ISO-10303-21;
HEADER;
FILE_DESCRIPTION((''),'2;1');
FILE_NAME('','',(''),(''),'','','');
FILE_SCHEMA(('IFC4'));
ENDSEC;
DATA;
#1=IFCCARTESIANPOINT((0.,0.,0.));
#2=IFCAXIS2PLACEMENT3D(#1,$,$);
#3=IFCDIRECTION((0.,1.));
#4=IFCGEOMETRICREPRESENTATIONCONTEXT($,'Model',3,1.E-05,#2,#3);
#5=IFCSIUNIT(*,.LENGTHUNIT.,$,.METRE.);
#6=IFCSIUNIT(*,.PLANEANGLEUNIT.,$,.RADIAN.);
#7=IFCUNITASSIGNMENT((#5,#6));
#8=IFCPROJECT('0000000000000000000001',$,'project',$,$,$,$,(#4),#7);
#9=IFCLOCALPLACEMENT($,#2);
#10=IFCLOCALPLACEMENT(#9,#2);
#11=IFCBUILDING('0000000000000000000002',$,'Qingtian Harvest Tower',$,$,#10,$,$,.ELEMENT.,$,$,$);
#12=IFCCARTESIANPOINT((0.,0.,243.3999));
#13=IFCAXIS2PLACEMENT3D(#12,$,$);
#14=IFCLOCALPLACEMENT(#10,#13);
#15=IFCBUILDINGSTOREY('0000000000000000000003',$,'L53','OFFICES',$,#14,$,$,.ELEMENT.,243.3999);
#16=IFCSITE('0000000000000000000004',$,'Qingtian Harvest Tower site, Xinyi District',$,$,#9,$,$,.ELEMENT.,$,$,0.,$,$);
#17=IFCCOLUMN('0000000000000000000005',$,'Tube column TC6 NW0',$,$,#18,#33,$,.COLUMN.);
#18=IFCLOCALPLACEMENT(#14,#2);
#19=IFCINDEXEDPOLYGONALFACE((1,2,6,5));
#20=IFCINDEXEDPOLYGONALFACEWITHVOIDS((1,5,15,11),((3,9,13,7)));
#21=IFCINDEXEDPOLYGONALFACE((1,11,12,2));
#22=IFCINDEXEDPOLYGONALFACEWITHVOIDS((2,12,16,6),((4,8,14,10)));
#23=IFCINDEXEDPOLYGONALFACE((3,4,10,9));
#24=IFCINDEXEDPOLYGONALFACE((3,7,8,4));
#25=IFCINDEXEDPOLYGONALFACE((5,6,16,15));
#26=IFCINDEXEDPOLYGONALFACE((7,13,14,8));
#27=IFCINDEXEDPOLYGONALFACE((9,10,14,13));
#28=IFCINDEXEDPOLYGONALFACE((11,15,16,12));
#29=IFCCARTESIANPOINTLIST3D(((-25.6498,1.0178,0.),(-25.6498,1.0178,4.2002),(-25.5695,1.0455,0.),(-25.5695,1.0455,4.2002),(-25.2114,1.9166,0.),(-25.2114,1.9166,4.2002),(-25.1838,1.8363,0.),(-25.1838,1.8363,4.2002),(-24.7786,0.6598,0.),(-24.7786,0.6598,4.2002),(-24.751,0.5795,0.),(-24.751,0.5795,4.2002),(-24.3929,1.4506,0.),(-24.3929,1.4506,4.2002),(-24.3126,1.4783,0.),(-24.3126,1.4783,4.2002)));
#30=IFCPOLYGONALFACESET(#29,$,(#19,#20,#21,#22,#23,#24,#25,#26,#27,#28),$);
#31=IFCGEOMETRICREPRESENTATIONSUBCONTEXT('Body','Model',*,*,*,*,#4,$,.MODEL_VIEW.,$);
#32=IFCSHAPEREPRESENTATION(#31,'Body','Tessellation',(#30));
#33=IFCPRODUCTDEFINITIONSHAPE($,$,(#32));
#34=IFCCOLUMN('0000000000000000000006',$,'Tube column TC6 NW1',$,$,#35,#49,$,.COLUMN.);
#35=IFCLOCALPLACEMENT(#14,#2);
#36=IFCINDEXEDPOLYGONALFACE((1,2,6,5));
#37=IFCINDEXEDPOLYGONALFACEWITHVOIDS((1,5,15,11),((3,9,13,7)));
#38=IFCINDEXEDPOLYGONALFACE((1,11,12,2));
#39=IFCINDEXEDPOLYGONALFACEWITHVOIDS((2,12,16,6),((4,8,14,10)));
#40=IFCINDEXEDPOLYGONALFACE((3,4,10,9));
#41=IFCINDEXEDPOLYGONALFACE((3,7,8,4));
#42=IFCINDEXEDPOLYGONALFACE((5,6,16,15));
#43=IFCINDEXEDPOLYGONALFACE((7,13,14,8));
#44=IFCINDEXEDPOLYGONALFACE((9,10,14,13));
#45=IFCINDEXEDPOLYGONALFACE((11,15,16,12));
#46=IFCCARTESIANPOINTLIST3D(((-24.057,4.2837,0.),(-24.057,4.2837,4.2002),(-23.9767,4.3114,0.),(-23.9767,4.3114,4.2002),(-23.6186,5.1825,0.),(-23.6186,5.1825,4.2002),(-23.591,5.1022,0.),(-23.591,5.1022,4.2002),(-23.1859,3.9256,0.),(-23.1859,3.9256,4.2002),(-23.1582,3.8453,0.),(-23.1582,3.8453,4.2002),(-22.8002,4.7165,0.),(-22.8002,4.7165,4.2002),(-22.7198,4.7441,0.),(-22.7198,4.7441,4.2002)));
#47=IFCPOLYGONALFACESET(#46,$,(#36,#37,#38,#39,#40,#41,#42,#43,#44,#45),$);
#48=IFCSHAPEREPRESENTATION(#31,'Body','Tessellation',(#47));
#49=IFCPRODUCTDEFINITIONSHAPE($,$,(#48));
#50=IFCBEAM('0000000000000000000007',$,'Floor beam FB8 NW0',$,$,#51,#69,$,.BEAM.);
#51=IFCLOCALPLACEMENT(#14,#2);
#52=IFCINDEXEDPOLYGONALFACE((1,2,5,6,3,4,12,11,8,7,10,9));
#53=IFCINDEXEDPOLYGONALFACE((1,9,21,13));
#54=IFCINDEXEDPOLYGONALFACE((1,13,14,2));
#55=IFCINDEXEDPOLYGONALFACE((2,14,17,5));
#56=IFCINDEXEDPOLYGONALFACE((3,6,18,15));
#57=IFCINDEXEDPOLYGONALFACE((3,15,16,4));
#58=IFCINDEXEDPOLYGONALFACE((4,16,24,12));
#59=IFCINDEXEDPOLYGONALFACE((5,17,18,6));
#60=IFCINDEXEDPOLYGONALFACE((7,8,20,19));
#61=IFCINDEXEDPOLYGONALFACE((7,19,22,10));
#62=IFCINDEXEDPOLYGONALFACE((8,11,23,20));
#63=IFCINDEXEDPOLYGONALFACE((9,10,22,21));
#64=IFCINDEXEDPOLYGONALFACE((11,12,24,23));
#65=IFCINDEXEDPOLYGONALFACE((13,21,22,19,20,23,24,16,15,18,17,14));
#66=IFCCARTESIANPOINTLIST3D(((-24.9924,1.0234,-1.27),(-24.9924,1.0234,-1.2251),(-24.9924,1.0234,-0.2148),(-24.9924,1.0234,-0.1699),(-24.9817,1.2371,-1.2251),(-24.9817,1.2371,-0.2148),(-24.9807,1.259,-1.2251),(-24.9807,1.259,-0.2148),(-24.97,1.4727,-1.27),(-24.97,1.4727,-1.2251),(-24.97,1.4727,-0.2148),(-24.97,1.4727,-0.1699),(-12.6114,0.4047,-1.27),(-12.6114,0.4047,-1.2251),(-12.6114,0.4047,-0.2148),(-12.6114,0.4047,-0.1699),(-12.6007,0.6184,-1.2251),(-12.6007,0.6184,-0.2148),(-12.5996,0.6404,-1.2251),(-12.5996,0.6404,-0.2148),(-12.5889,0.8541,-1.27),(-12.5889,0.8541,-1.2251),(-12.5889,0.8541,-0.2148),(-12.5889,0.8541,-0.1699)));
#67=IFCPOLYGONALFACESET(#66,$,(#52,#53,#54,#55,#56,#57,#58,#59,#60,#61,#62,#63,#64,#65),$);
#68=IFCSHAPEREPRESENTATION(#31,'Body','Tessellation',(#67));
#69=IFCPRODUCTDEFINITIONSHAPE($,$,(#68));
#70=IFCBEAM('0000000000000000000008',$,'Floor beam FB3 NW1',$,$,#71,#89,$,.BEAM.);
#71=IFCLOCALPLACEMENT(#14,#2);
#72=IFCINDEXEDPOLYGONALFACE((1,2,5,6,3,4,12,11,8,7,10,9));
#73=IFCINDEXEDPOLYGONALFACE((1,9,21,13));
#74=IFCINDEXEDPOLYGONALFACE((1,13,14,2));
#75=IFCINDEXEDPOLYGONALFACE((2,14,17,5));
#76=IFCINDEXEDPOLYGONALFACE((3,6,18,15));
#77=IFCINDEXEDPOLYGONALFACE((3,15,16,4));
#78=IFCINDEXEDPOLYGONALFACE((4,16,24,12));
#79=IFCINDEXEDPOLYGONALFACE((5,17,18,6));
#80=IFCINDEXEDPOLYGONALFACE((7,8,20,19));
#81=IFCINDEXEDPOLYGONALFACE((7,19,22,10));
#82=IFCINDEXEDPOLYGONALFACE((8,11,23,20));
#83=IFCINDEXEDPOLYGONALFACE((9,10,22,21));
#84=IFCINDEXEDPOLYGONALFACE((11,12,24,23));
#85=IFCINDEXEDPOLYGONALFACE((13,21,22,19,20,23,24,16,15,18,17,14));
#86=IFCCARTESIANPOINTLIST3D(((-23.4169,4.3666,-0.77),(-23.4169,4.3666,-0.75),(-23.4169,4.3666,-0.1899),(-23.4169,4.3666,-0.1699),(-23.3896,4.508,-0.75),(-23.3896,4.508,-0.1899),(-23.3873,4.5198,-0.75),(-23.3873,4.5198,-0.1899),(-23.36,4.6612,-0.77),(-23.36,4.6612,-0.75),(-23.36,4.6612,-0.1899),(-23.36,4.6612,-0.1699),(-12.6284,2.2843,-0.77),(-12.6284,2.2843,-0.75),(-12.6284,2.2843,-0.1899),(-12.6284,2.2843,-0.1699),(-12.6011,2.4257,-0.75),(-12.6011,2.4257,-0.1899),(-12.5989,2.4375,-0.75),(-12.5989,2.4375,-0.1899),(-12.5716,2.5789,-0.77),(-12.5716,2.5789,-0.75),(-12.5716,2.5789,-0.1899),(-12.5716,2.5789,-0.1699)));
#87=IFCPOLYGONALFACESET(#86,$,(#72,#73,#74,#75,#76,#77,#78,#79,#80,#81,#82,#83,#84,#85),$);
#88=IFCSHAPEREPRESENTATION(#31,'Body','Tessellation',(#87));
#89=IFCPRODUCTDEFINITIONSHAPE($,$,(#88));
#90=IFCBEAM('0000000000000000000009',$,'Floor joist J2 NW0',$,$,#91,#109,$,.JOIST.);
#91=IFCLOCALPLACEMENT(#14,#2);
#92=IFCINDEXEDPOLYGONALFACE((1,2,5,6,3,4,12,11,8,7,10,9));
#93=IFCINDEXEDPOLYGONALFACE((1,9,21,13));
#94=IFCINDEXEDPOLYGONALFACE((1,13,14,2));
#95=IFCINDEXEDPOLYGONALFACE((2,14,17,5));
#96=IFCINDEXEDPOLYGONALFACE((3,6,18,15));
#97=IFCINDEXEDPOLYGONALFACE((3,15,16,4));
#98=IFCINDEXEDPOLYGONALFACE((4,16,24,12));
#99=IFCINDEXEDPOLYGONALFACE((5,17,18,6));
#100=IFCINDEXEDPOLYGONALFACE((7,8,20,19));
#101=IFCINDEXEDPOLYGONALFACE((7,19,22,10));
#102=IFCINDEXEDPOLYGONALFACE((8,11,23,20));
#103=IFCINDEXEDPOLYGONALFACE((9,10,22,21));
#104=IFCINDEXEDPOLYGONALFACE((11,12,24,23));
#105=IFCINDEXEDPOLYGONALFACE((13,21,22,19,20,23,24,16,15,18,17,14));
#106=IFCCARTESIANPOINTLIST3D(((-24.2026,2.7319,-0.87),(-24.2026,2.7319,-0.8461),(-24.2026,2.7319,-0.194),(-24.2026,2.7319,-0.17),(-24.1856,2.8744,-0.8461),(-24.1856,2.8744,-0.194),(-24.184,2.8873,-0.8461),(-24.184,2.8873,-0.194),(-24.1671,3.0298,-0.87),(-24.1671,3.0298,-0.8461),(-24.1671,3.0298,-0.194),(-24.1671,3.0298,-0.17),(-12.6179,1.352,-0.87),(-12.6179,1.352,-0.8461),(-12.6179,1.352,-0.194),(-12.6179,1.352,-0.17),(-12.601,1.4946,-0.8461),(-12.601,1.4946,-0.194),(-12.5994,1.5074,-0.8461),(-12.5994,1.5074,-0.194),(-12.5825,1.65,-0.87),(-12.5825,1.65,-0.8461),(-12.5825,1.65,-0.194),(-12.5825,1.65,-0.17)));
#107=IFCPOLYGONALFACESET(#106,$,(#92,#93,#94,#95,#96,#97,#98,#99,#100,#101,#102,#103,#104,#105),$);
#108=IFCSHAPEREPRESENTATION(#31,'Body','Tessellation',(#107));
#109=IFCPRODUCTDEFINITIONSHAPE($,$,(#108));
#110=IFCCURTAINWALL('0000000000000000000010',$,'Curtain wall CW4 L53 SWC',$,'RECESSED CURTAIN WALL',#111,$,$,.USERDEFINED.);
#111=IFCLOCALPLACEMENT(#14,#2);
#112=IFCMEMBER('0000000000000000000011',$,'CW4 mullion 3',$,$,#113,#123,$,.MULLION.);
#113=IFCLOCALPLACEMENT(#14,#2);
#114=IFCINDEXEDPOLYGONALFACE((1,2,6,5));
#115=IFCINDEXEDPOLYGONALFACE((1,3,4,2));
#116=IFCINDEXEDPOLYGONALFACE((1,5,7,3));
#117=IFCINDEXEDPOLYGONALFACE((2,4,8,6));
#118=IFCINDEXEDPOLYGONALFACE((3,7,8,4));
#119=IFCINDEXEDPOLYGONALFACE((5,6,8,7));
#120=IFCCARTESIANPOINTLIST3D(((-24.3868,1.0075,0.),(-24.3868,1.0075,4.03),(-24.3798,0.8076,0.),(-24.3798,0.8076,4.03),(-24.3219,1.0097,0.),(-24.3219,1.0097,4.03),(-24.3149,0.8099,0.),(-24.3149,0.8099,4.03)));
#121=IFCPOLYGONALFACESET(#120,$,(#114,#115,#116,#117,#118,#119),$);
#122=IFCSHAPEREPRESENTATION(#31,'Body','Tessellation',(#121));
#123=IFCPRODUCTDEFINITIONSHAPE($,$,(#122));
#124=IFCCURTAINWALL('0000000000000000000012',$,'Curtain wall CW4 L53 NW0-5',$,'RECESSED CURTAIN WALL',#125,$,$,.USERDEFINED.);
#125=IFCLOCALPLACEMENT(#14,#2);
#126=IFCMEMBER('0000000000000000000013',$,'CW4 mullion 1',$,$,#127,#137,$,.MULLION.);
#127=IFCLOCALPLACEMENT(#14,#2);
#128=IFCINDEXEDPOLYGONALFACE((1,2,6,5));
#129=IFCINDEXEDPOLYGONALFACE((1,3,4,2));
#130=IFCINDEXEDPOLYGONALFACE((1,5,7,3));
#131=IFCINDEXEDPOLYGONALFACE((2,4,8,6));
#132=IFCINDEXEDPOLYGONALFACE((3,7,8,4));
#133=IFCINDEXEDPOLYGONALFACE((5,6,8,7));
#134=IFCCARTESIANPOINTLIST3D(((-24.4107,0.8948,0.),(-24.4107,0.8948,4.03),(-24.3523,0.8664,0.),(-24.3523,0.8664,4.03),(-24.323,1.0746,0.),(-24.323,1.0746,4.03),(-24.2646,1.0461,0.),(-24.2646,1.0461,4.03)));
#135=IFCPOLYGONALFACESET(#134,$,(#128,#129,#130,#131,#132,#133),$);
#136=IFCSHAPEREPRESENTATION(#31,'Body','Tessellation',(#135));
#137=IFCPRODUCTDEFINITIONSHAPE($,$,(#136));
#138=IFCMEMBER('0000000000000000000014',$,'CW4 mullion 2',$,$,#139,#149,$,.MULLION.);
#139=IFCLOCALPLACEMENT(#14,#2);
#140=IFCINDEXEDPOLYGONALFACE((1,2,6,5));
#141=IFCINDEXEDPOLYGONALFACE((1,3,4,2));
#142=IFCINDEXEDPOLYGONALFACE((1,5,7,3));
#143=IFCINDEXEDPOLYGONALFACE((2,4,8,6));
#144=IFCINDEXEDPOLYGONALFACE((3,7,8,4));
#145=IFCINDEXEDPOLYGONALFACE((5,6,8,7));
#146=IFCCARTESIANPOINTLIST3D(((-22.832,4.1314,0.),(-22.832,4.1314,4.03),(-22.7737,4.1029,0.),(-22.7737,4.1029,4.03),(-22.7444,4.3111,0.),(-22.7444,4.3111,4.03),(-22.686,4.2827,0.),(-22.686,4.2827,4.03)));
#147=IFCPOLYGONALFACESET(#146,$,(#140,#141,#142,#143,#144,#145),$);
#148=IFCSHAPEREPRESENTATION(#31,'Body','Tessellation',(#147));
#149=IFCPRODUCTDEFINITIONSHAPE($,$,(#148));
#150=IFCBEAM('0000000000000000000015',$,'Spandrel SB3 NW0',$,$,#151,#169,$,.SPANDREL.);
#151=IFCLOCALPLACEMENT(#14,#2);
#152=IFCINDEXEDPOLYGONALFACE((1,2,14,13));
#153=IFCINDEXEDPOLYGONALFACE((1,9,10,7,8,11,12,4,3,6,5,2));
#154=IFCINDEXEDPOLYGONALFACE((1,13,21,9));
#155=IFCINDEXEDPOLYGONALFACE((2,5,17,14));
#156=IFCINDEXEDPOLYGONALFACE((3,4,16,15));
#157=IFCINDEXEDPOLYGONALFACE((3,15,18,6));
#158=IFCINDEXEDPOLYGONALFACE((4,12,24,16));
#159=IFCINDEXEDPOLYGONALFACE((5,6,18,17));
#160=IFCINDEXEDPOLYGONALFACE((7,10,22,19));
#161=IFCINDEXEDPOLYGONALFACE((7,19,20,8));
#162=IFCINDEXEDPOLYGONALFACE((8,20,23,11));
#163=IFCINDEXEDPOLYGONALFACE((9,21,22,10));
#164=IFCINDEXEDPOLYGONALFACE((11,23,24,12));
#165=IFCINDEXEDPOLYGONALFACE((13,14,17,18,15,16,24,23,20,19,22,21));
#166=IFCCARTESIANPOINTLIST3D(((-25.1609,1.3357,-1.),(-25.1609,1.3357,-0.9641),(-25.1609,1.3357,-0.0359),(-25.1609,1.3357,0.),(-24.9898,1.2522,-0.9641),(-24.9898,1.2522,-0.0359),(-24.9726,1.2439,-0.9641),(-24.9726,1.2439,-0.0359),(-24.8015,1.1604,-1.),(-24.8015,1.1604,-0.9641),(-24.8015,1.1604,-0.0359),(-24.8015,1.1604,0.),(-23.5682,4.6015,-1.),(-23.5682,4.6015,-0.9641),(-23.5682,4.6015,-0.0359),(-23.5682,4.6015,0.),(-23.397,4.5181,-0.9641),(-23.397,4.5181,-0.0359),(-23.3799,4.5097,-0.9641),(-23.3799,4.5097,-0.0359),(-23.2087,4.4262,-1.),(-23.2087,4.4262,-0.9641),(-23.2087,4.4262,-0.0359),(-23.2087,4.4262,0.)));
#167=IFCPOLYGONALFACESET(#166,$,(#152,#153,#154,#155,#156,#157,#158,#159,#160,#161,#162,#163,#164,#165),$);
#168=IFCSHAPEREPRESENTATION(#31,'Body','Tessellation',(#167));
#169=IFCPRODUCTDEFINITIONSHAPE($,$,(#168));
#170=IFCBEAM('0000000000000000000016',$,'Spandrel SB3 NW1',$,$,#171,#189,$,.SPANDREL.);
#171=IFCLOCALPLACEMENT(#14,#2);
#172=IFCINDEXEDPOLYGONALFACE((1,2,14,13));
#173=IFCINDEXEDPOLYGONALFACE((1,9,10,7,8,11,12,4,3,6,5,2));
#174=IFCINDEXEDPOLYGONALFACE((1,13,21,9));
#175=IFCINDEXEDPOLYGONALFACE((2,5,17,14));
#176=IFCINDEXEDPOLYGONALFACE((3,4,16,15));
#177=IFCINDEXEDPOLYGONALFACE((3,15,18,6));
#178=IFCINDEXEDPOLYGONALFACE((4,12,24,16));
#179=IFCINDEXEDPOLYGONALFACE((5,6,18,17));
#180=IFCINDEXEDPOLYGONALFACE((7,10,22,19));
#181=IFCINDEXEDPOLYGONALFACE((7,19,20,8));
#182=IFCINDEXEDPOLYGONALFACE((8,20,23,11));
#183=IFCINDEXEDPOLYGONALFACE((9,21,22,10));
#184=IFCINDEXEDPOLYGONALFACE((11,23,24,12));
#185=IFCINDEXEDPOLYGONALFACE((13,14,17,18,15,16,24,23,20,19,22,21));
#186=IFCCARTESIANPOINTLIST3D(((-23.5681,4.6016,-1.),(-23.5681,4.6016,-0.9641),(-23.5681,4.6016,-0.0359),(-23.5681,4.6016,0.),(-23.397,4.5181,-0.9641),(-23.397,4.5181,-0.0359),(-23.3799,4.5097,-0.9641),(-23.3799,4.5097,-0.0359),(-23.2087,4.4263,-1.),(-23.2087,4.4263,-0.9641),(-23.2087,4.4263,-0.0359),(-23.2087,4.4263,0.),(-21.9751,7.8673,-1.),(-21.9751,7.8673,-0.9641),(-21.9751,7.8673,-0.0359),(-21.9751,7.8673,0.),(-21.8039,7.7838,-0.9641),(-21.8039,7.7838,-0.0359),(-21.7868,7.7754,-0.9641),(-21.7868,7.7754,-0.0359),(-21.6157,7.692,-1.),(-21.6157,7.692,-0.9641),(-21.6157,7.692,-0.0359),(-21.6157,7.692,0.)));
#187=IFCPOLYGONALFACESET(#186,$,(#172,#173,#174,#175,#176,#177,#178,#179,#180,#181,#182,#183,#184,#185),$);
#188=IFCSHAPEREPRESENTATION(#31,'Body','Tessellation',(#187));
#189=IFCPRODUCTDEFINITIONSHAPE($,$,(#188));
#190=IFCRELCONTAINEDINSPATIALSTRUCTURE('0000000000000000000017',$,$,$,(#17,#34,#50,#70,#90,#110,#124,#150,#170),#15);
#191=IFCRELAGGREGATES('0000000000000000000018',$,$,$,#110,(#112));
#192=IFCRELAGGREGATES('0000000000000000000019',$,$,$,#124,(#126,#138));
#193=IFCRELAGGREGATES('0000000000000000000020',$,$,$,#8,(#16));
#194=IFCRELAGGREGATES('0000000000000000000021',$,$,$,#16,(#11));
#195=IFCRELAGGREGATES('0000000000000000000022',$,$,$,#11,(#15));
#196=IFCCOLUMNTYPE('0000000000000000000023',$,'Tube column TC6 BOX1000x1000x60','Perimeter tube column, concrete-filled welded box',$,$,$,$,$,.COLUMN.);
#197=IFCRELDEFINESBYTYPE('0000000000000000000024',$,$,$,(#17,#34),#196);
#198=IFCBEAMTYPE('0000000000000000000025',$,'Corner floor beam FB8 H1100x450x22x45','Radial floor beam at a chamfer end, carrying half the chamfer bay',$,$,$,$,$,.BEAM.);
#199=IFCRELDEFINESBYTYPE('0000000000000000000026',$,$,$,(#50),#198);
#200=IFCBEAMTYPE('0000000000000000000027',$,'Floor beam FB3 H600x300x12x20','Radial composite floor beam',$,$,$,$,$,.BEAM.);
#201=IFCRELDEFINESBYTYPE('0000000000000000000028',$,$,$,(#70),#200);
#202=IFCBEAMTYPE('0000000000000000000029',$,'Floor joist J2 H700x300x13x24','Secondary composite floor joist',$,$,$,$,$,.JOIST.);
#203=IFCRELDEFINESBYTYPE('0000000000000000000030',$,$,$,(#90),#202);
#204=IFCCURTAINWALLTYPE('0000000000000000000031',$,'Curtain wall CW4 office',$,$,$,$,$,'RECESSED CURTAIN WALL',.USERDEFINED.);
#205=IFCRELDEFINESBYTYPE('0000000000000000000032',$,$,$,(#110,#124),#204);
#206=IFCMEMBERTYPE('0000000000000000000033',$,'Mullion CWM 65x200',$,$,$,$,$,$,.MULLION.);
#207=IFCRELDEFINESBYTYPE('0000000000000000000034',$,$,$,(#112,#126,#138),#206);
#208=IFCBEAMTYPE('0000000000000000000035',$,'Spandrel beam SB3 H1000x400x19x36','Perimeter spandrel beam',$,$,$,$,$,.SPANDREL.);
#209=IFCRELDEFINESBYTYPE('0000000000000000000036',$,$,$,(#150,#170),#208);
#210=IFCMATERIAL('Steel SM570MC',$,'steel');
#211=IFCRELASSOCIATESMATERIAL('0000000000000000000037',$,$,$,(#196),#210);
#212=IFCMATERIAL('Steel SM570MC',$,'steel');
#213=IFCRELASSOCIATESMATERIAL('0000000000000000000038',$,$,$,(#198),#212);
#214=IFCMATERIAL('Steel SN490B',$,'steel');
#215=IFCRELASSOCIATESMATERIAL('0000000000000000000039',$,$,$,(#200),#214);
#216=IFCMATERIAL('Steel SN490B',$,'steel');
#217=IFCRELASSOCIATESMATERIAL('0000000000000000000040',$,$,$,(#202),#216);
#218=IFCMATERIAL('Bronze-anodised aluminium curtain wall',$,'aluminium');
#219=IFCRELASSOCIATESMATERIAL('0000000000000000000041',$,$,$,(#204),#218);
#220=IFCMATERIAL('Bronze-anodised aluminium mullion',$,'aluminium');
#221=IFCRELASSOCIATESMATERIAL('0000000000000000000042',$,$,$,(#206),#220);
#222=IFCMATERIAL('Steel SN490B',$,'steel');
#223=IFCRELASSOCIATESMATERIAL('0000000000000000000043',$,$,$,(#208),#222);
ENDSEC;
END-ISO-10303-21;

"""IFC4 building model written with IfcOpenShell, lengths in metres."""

from ifc_helpers import new_model, si_unit, direction, frame, origin, origin_2d, place, context, subcontext, project, spatial, rectangle, hollow_rectangle, i_section, extrude, material, material_profile, profile_set, type_object, element, aggregate, save


model = new_model("IFC4")

# Units and contexts
model_context = context("Model", 3, precision=1e-05, world=origin(), true_north=direction((0.0, 1.0)))
body_context = subcontext(model_context, "Body", "Model", "MODEL_VIEW")
ifc_project = project(units=[si_unit("LENGTHUNIT", "METRE"), si_unit("PLANEANGLEUNIT", "RADIAN")], contexts=[model_context])

# Site, building, storey
site_placement = place(None, origin())
site = spatial("IfcSite", under=ifc_project, at=site_placement, Name="Qingtian Harvest Tower site, Xinyi District", CompositionType="ELEMENT", RefElevation=0.0)
building_placement = place(site_placement, origin())
building = spatial("IfcBuilding", under=site, at=building_placement, Name="Qingtian Harvest Tower", CompositionType="ELEMENT")
storey_placement = place(building_placement, frame((0.0, 0.0, 243.3999)))
storey = spatial("IfcBuildingStorey", under=building, at=storey_placement, Name="L53", Description="OFFICES", CompositionType="ELEMENT", Elevation=243.3999)

# Columns
ifc_material_1 = material(Name="Steel SM570MC", Category="steel")
ifc_material_profile_1 = material_profile(ifc_material_1, hollow_rectangle(XDim=1.0, YDim=1.0, WallThickness=0.0601, at=origin_2d()), Name="BOX1000x1000x60")
ifc_profile_set_1 = profile_set([ifc_material_profile_1], Name="Steel SM570MC")
column_type = type_object("IfcColumnType", Name="Tube column TC6 BOX1000x1000x60", Description="Perimeter tube column, concrete-filled welded box", PredefinedType="COLUMN", material=ifc_profile_set_1)
for number, where, z_axis, x_axis, name in (
    (1, (-24.9812, 1.248, 0.0), (0.0, 0.0, 1.0), (-0.438371, -0.898794, 0.0), "Tube column TC6 NW0"),
    (2, (-23.3884, 4.5139, 0.0), (0.0, 0.0, 1.0), (-0.438371, -0.898794, 0.0), "Tube column TC6 NW1"),
):
    element("IfcColumn", number, at=place(storey_placement, frame(where, z_axis=z_axis, x_axis=x_axis)), inside=storey, type_object=column_type, Name=name, PredefinedType="COLUMN", context=body_context, shape_type="SweptSolid", body=[
        extrude(hollow_rectangle(XDim=1.0, YDim=1.0, WallThickness=0.0601, at=origin_2d()), origin(), (0.0, 0.0, 1.0), 4.2002),
    ])

# Beams
ifc_material_2 = material(Name="Steel SM570MC", Category="steel")
ifc_material_profile_2 = material_profile(ifc_material_2, i_section(OverallWidth=0.45, OverallDepth=1.1001, WebThickness=0.022, FlangeThickness=0.0449, at=origin_2d()), Name="H1100x450x22x45")
ifc_profile_set_2 = profile_set([ifc_material_profile_2], Name="Steel SM570MC")
beam_type_1 = type_object("IfcBeamType", Name="Corner floor beam FB8 H1100x450x22x45", Description="Radial floor beam at a chamfer end, carrying half the chamfer bay", PredefinedType="BEAM", material=ifc_profile_set_2)
beam_1_placement = place(storey_placement, frame((-24.9812, 1.248, -0.72), z_axis=(0.998754, -0.049905, 0.0), x_axis=(0.049905, 0.998754, 0.0)))
element("IfcBeam", 3, at=beam_1_placement, inside=storey, type_object=beam_type_1, Name="Floor beam FB8 NW0", PredefinedType="BEAM", context=body_context, shape_type="SweptSolid", body=[
    extrude(i_section(OverallWidth=0.45, OverallDepth=1.1001, WebThickness=0.022, FlangeThickness=0.0449, at=origin_2d()), origin(), (0.0, 0.0, 1.0), 12.3965),
])
ifc_material_3 = material(Name="Steel SN490B", Category="steel")
ifc_material_profile_3 = material_profile(ifc_material_3, i_section(OverallWidth=0.3, OverallDepth=0.6001, WebThickness=0.012, FlangeThickness=0.02, at=origin_2d()), Name="H600x300x12x20")
ifc_profile_set_3 = profile_set([ifc_material_profile_3], Name="Steel SN490B")
beam_type_2 = type_object("IfcBeamType", Name="Floor beam FB3 H600x300x12x20", Description="Radial composite floor beam", PredefinedType="BEAM", material=ifc_profile_set_3)
beam_2_placement = place(storey_placement, frame((-23.3884, 4.5139, -0.47), z_axis=(0.981878, -0.189514, 0.0), x_axis=(0.189514, 0.981878, 0.0)))
element("IfcBeam", 4, at=beam_2_placement, inside=storey, type_object=beam_type_2, Name="Floor beam FB3 NW1", PredefinedType="BEAM", context=body_context, shape_type="SweptSolid", body=[
    extrude(i_section(OverallWidth=0.3, OverallDepth=0.6001, WebThickness=0.012, FlangeThickness=0.02, at=origin_2d()), origin(), (0.0, 0.0, 1.0), 10.9875),
])
ifc_material_4 = material(Name="Steel SN490B", Category="steel")
ifc_material_profile_4 = material_profile(ifc_material_4, i_section(OverallWidth=0.3, OverallDepth=0.7, WebThickness=0.0129, FlangeThickness=0.0239, at=origin_2d()), Name="H700x300x13x24")
ifc_profile_set_4 = profile_set([ifc_material_profile_4], Name="Steel SN490B")
beam_type_3 = type_object("IfcBeamType", Name="Floor joist J2 H700x300x13x24", Description="Secondary composite floor joist", PredefinedType="JOIST", material=ifc_profile_set_4)
beam_3_placement = place(storey_placement, frame((-24.1848, 2.8809, -0.52), z_axis=(0.992981, -0.118276, 0.0), x_axis=(0.118276, 0.992981, 0.0)))
element("IfcBeam", 5, at=beam_3_placement, inside=storey, type_object=beam_type_3, Name="Floor joist J2 NW0", PredefinedType="JOIST", context=body_context, shape_type="SweptSolid", body=[
    extrude(i_section(OverallWidth=0.3, OverallDepth=0.7, WebThickness=0.0129, FlangeThickness=0.0239, at=origin_2d()), origin(), (0.0, 0.0, 1.0), 11.6665),
])

# Curtain wall, member
ifc_material_5 = material(Name="Bronze-anodised aluminium curtain wall", Category="aluminium")
curtain_wall_type = type_object("IfcCurtainWallType", Name="Curtain wall CW4 office", ElementType="RECESSED CURTAIN WALL", PredefinedType="USERDEFINED", material=ifc_material_5)
curtain_wall_1_placement = place(storey_placement, origin())
curtain_wall_1 = element("IfcCurtainWall", 6, at=curtain_wall_1_placement, inside=storey, type_object=curtain_wall_type, Name="Curtain wall CW4 L53 SWC", ObjectType="RECESSED CURTAIN WALL", PredefinedType="USERDEFINED")
ifc_material_6 = material(Name="Bronze-anodised aluminium mullion", Category="aluminium")
ifc_material_profile_5 = material_profile(ifc_material_6, rectangle(XDim=0.0649, YDim=0.2, at=origin_2d()), Name="AL 65x200")
ifc_profile_set_5 = profile_set([ifc_material_profile_5], Name="Bronze-anodised aluminium mullion")
member_type_1 = type_object("IfcMemberType", Name="Mullion CWM 65x200", PredefinedType="MULLION", material=ifc_profile_set_5)
member_1_placement = place(storey_placement, frame((-24.3508, 0.9087, 0.0), z_axis=(0.0, 0.0, 1.0), x_axis=(-0.999391, -0.034899, 0.0)))
member_1 = element("IfcMember", 7, at=member_1_placement, type_object=member_type_1, Name="CW4 mullion 3", PredefinedType="MULLION", context=body_context, shape_type="SweptSolid", body=[
    extrude(rectangle(XDim=0.0649, YDim=0.2, at=origin_2d()), origin(), (0.0, 0.0, 1.0), 4.03),
])

# Curtain wall, members
curtain_wall_2_placement = place(storey_placement, origin())
curtain_wall_2 = element("IfcCurtainWall", 8, at=curtain_wall_2_placement, inside=storey, type_object=curtain_wall_type, Name="Curtain wall CW4 L53 NW0-5", ObjectType="RECESSED CURTAIN WALL", PredefinedType="USERDEFINED")
member_2_placement = place(storey_placement, frame((-24.3376, 0.9705, 0.0), z_axis=(0.0, 0.0, 1.0), x_axis=(-0.898794, 0.438371, 0.0)))
member_2 = element("IfcMember", 9, at=member_2_placement, type_object=member_type_1, Name="CW4 mullion 1", PredefinedType="MULLION", context=body_context, shape_type="SweptSolid", body=[
    extrude(rectangle(XDim=0.0649, YDim=0.2, at=origin_2d()), origin(), (0.0, 0.0, 1.0), 4.03),
])
member_3_placement = place(storey_placement, frame((-22.759, 4.207, 0.0), z_axis=(0.0, 0.0, 1.0), x_axis=(-0.898794, 0.438371, 0.0)))
member_3 = element("IfcMember", 10, at=member_3_placement, type_object=member_type_1, Name="CW4 mullion 2", PredefinedType="MULLION", context=body_context, shape_type="SweptSolid", body=[
    extrude(rectangle(XDim=0.0649, YDim=0.2, at=origin_2d()), origin(), (0.0, 0.0, 1.0), 4.03),
])

# Beams
ifc_material_7 = material(Name="Steel SN490B", Category="steel")
ifc_material_profile_6 = material_profile(ifc_material_7, i_section(OverallWidth=0.3999, OverallDepth=1.0, WebThickness=0.019, FlangeThickness=0.0359, at=origin_2d()), Name="H1000x400x19x36")
ifc_profile_set_6 = profile_set([ifc_material_profile_6], Name="Steel SN490B")
beam_type_4 = type_object("IfcBeamType", Name="Spandrel beam SB3 H1000x400x19x36", Description="Perimeter spandrel beam", PredefinedType="SPANDREL", material=ifc_profile_set_6)
for number, where, z_axis, x_axis, name in (
    (11, (-24.9812, 1.248, -0.5), (0.438349, 0.898805, 0.0), (-0.898805, 0.438349, 0.0), "Spandrel SB3 NW0"),
    (12, (-23.3884, 4.5139, -0.5), (0.43843, 0.898765, 0.0), (-0.898765, 0.43843, 0.0), "Spandrel SB3 NW1"),
):
    element("IfcBeam", number, at=place(storey_placement, frame(where, z_axis=z_axis, x_axis=x_axis)), inside=storey, type_object=beam_type_4, Name=name, PredefinedType="SPANDREL", context=body_context, shape_type="SweptSolid", body=[
        extrude(i_section(OverallWidth=0.3999, OverallDepth=1.0, WebThickness=0.019, FlangeThickness=0.0359, at=origin_2d()), origin(), (0.0, 0.0, 1.0), 3.6335),
    ])

aggregate(curtain_wall_1, [member_1])
aggregate(curtain_wall_2, [member_2, member_3])

save(model, "model.ifc")
